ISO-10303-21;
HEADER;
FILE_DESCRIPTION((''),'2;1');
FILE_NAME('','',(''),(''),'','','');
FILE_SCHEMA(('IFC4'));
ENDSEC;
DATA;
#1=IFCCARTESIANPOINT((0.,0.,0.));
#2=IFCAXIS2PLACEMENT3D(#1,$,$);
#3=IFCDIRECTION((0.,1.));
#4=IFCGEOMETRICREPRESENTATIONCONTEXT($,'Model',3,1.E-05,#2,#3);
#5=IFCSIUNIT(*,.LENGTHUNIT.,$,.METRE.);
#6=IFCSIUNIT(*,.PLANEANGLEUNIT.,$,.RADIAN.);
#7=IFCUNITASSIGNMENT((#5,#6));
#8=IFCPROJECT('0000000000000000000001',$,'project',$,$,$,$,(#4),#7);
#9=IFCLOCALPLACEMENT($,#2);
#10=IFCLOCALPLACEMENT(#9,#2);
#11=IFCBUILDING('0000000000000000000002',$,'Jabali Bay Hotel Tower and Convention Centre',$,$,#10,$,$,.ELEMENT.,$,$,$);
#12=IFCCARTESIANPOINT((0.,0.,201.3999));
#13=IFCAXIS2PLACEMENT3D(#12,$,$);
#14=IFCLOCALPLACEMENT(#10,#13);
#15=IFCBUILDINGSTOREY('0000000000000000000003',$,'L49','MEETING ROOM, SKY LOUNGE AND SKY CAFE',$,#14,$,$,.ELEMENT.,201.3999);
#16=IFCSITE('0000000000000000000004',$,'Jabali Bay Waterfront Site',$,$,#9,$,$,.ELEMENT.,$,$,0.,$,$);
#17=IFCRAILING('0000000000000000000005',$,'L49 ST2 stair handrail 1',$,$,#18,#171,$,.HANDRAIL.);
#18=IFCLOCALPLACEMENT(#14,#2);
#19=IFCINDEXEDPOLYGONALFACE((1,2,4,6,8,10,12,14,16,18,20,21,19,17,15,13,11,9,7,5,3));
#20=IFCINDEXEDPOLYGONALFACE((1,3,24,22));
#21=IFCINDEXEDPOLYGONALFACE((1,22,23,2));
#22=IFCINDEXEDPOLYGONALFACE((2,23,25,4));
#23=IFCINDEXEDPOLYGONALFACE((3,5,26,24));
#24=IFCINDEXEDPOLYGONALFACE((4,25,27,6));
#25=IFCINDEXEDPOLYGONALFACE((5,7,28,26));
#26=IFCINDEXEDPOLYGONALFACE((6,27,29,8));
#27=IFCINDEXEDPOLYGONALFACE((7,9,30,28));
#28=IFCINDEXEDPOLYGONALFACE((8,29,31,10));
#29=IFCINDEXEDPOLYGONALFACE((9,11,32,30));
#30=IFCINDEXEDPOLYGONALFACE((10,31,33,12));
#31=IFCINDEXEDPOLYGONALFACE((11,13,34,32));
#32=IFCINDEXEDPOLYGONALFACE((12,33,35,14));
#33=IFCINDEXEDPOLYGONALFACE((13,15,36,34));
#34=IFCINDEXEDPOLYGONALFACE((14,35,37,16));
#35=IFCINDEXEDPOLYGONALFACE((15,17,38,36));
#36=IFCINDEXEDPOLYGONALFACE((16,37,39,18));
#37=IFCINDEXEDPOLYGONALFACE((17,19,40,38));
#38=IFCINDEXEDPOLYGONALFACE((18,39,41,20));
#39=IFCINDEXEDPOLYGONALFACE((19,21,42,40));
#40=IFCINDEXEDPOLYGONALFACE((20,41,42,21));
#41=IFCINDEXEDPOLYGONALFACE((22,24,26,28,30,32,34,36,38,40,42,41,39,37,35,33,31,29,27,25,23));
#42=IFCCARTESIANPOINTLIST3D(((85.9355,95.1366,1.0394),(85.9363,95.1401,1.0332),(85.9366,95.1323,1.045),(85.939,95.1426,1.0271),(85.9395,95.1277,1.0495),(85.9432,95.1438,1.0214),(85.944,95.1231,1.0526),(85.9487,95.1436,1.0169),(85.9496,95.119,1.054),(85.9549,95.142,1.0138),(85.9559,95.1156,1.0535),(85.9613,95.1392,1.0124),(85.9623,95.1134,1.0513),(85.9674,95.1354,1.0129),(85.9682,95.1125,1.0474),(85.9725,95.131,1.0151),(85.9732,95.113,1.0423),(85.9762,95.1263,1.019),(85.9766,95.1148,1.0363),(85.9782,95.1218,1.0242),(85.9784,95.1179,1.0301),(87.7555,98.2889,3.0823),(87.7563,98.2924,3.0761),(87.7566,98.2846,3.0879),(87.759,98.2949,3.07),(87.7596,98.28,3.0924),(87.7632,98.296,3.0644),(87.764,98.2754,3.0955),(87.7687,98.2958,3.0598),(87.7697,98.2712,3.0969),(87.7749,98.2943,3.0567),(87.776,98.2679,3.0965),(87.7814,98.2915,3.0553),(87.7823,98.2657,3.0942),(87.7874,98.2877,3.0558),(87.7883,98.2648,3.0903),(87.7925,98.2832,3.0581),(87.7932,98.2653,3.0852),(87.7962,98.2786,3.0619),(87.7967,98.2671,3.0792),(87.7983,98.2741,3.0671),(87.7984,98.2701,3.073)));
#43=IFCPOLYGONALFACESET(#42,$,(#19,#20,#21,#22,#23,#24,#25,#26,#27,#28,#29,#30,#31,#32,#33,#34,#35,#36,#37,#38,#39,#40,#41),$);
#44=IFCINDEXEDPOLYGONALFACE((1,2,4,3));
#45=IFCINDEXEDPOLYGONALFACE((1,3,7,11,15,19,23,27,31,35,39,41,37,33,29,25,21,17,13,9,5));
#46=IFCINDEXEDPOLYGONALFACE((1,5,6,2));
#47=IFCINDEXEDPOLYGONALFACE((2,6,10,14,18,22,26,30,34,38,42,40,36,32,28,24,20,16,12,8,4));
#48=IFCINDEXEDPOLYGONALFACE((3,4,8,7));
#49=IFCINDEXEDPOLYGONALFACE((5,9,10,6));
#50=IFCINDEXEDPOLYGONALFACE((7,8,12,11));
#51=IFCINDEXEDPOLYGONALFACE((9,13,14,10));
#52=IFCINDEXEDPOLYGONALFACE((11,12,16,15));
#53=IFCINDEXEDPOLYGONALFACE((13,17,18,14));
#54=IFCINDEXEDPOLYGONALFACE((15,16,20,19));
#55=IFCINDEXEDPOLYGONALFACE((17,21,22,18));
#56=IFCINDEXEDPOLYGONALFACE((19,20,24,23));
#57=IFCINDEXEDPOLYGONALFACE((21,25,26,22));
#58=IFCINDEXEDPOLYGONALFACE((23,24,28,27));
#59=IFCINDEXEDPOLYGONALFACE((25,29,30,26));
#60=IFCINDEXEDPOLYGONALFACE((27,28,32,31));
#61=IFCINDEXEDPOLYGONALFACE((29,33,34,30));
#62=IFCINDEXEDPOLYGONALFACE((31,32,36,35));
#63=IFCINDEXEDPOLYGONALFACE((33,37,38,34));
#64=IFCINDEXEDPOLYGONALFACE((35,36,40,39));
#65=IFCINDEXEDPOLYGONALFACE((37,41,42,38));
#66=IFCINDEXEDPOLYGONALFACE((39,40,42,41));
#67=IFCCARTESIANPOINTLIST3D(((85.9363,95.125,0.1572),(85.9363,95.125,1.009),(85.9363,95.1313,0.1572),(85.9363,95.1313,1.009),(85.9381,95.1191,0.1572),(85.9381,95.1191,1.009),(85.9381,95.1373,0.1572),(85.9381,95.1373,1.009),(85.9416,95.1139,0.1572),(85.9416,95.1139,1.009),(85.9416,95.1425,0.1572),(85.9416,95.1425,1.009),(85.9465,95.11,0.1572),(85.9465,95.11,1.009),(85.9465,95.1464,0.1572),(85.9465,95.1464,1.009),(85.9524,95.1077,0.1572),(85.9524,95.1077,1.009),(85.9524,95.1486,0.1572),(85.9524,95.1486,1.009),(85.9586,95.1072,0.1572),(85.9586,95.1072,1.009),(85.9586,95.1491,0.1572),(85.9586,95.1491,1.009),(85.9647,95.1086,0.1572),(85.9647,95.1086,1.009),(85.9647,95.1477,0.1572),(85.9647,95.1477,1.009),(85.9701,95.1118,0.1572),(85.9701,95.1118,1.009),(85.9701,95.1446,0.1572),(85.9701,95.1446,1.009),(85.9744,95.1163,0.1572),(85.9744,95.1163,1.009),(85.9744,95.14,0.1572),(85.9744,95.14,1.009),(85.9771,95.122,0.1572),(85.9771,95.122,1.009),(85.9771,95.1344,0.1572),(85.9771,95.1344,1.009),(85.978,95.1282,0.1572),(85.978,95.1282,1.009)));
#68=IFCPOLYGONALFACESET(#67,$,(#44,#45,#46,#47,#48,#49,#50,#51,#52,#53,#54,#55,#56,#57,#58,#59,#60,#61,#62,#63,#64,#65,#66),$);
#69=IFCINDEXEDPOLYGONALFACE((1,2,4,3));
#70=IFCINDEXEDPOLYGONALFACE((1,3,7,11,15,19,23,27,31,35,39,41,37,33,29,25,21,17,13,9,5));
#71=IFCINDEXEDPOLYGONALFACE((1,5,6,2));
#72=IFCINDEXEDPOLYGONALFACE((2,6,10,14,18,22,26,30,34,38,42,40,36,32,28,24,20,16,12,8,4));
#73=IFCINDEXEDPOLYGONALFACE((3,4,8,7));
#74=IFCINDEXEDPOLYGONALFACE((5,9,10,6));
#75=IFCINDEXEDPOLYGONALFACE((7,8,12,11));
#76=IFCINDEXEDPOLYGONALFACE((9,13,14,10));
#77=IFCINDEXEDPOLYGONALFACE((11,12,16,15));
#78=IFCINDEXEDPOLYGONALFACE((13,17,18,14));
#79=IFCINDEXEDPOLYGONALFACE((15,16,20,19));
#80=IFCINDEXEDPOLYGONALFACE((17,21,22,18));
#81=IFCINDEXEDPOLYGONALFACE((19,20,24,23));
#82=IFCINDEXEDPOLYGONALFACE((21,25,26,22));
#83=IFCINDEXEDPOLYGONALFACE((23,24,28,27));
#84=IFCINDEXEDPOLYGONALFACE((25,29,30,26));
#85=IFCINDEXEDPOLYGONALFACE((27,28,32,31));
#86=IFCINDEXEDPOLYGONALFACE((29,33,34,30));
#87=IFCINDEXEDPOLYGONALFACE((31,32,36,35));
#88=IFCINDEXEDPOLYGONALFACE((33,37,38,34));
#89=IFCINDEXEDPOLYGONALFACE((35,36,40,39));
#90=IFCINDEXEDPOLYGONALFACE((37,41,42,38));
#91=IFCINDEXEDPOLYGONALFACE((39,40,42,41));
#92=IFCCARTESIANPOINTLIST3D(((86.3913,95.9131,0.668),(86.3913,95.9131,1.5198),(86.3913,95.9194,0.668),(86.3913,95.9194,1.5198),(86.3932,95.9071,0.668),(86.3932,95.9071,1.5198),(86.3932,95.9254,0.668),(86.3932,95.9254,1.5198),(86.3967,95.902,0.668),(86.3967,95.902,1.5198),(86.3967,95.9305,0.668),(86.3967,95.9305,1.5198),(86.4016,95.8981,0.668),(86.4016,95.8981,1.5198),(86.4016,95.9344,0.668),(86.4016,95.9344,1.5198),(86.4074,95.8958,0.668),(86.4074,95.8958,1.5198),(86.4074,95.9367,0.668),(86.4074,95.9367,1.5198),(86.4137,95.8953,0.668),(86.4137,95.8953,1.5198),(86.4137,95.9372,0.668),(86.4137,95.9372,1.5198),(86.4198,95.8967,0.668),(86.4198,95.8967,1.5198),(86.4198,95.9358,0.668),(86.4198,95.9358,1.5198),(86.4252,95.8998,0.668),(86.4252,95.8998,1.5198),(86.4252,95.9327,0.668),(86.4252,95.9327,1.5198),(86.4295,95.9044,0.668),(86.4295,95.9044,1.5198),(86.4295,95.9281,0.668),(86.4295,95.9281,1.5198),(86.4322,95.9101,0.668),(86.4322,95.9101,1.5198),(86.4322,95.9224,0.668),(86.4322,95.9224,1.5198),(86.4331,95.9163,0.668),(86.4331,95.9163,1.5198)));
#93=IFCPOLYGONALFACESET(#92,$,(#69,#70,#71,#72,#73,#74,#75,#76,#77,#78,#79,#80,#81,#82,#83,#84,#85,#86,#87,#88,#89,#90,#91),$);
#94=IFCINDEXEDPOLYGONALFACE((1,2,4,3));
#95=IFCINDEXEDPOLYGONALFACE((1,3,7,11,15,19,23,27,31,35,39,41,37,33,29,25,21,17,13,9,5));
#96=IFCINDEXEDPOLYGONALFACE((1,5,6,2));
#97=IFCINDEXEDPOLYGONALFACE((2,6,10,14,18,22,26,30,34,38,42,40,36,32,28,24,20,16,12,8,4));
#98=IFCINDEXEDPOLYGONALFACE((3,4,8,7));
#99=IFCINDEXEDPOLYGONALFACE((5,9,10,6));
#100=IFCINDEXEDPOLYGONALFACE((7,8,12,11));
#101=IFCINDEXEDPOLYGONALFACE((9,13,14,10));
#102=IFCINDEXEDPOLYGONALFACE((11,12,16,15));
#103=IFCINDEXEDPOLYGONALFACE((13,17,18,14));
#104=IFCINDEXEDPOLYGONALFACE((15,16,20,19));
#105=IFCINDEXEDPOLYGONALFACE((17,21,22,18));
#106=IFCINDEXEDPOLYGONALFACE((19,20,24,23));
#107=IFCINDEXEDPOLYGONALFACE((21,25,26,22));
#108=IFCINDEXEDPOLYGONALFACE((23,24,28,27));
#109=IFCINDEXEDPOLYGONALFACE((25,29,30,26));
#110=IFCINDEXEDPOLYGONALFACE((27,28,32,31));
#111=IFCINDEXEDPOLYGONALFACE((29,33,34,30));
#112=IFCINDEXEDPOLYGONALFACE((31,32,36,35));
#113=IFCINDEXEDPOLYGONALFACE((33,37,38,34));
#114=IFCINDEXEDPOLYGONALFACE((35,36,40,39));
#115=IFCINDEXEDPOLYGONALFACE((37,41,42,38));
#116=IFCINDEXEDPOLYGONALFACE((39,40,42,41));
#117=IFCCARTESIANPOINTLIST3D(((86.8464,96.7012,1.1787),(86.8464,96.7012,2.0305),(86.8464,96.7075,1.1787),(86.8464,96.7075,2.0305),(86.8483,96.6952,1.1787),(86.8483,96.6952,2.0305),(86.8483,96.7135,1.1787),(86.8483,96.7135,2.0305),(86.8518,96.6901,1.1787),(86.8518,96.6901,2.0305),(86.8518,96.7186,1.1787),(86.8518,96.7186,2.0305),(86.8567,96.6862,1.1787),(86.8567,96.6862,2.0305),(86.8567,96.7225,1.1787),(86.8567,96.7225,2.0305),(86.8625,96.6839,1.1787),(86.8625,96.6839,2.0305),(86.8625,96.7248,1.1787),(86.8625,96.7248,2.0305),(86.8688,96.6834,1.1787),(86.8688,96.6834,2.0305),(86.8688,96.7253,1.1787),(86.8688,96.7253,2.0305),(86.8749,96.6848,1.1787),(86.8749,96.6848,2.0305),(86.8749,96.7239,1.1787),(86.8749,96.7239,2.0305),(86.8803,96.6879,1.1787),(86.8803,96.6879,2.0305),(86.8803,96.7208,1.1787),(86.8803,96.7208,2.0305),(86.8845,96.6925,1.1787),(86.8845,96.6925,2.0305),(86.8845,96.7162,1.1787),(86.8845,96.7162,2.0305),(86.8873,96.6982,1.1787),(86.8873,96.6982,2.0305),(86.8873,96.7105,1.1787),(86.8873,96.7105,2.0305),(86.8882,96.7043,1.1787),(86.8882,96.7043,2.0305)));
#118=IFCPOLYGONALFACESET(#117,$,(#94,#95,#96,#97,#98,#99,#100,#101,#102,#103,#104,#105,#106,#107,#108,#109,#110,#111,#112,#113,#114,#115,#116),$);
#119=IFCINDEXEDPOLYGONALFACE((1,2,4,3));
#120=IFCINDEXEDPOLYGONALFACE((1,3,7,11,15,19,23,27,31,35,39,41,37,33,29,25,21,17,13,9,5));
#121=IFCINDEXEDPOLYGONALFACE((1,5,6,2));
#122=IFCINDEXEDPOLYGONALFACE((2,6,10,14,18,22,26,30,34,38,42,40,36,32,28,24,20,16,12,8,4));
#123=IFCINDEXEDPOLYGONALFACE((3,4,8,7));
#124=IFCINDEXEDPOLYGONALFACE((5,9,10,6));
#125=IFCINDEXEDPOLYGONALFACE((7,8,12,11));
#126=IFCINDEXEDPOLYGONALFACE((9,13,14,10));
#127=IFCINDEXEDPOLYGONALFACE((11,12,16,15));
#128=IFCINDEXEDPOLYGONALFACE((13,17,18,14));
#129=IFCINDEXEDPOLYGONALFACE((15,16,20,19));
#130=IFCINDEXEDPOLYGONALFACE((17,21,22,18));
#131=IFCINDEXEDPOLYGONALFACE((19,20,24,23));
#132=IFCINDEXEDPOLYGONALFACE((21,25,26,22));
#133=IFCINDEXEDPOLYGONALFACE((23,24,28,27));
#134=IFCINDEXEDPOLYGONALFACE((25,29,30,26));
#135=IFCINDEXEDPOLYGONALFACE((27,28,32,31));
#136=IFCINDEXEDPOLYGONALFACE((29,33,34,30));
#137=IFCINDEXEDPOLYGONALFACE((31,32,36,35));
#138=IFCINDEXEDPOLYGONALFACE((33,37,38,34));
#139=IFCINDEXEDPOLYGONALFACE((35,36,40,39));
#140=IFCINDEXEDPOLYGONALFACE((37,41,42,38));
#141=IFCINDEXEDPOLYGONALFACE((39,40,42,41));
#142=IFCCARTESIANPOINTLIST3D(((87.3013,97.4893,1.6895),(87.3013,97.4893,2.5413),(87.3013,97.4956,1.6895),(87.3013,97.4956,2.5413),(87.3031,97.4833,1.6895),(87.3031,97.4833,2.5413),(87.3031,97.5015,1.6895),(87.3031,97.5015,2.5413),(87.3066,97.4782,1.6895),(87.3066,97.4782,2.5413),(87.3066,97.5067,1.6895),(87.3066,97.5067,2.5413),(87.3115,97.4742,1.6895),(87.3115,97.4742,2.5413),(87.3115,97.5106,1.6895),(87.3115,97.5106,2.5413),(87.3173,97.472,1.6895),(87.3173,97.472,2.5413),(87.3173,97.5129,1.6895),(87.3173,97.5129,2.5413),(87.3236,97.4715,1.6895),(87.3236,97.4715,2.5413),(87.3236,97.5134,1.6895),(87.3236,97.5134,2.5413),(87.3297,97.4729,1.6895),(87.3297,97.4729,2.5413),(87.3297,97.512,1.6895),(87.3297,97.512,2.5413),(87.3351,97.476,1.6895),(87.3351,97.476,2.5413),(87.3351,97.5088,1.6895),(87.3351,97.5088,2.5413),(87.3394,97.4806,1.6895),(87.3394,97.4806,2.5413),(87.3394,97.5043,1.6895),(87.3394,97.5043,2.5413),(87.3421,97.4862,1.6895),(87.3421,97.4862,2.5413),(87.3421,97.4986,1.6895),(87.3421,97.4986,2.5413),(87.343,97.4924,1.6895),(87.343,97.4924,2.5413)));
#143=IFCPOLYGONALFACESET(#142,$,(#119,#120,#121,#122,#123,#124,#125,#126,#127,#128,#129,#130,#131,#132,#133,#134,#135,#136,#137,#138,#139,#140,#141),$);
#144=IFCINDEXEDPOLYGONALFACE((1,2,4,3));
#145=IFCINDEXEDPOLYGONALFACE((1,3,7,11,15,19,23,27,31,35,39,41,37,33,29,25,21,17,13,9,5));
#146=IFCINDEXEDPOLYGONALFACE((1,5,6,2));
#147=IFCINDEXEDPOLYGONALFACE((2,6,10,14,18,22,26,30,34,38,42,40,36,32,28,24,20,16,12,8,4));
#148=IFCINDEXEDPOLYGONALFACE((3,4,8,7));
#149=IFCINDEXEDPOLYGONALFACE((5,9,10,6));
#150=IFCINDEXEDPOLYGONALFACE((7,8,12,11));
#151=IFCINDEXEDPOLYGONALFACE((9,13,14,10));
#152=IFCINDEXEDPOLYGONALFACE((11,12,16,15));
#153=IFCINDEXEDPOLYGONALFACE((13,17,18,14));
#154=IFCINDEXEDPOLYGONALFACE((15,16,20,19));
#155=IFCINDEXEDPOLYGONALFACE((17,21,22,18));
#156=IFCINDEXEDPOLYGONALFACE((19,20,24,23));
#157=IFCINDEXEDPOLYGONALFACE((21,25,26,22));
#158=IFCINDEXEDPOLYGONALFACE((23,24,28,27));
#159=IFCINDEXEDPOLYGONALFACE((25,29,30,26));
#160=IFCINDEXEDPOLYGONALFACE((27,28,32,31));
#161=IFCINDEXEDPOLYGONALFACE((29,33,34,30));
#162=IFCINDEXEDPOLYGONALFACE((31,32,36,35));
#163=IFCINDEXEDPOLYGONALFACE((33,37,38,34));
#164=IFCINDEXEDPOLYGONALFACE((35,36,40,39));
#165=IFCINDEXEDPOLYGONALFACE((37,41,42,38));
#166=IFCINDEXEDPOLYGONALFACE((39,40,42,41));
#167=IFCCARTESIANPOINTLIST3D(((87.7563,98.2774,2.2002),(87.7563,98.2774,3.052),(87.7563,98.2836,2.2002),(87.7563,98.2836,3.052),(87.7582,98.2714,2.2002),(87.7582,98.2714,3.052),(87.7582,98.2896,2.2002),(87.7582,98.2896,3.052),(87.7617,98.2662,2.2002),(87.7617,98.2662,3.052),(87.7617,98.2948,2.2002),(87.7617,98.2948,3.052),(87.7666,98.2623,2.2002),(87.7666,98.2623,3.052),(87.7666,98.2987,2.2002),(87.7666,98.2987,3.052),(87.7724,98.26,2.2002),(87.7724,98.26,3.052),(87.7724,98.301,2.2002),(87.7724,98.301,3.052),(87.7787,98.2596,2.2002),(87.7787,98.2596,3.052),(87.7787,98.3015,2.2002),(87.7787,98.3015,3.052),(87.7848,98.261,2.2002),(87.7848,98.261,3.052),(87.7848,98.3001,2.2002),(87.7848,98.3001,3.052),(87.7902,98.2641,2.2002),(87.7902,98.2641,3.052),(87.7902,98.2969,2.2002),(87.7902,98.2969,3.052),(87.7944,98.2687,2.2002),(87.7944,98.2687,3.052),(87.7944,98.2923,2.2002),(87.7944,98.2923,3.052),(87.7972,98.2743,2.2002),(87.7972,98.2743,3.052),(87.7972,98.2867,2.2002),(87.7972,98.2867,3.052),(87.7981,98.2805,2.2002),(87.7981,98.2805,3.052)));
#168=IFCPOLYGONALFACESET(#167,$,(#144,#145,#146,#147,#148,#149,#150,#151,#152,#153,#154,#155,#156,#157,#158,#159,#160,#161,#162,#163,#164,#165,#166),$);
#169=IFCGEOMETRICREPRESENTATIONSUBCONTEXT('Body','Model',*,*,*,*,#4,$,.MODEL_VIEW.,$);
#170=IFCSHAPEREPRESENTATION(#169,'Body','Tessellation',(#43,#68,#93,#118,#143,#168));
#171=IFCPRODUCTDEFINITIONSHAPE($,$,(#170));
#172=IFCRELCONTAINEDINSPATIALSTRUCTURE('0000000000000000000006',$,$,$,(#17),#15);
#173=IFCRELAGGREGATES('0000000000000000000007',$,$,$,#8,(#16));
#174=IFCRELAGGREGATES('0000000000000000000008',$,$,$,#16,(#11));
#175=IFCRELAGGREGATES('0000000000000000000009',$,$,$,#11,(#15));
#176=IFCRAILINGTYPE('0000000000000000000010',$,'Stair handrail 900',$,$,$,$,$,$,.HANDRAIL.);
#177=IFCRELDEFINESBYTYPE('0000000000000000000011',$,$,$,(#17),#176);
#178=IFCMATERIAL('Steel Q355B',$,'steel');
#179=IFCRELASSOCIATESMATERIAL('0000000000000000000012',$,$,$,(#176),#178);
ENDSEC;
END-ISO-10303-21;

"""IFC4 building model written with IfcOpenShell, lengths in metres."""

from ifc_helpers import new_model, si_unit, direction, frame, origin, origin_2d, place, context, subcontext, project, spatial, circle, extrude, material, type_object, element, save


model = new_model("IFC4")

# Units and contexts
model_context = context("Model", 3, precision=1e-05, world=origin(), true_north=direction((0.0, 1.0)))
body_context = subcontext(model_context, "Body", "Model", "MODEL_VIEW")
ifc_project = project(units=[si_unit("LENGTHUNIT", "METRE"), si_unit("PLANEANGLEUNIT", "RADIAN")], contexts=[model_context])

# Site, building, storey
site_placement = place(None, origin())
site = spatial("IfcSite", under=ifc_project, at=site_placement, Name="Jabali Bay Waterfront Site", CompositionType="ELEMENT", RefElevation=0.0)
building_placement = place(site_placement, origin())
building = spatial("IfcBuilding", under=site, at=building_placement, Name="Jabali Bay Hotel Tower and Convention Centre", CompositionType="ELEMENT")
storey_placement = place(building_placement, frame((0.0, 0.0, 201.3999)))
storey = spatial("IfcBuildingStorey", under=building, at=storey_placement, Name="L49", Description="MEETING ROOM, SKY LOUNGE AND SKY CAFE", CompositionType="ELEMENT", Elevation=201.3999)

# Railing
ifc_material_1 = material(Name="Steel Q355B", Category="steel")
railing_type_1 = type_object("IfcRailingType", Name="Stair handrail 900", PredefinedType="HANDRAIL", material=ifc_material_1)
railing_1_placement = place(storey_placement, frame((85.957, 95.1282, 0.1572)))
element("IfcRailing", 1, at=railing_1_placement, inside=storey, type_object=railing_type_1, Name="L49 ST2 stair handrail 1", PredefinedType="HANDRAIL", context=body_context, shape_type="SweptSolid", body=[
    extrude(circle(Radius=0.0239, at=origin_2d()), frame((0.0, 0.0, 0.876), z_axis=(0.436032, 0.755204, 0.489432), x_axis=(-0.866018, 0.500013, 0.0)), (0.0, 0.0, 1.0), 4.1741),
    extrude(circle(Radius=0.021, at=origin_2d()), origin(), (0.0, 0.0, 1.0), 0.8518),
    extrude(circle(Radius=0.021, at=origin_2d()), frame((0.4551, 0.7881, 0.5107)), (0.0, 0.0, 1.0), 0.8518),
    extrude(circle(Radius=0.021, at=origin_2d()), frame((0.9102, 1.5762, 1.0215)), (0.0, 0.0, 1.0), 0.8518),
    extrude(circle(Radius=0.021, at=origin_2d()), frame((1.365, 2.3643, 1.5322)), (0.0, 0.0, 1.0), 0.8518),
    extrude(circle(Radius=0.021, at=origin_2d()), frame((1.8201, 3.1523, 2.043)), (0.0, 0.0, 1.0), 0.8518),
])

save(model, "model.ifc")
